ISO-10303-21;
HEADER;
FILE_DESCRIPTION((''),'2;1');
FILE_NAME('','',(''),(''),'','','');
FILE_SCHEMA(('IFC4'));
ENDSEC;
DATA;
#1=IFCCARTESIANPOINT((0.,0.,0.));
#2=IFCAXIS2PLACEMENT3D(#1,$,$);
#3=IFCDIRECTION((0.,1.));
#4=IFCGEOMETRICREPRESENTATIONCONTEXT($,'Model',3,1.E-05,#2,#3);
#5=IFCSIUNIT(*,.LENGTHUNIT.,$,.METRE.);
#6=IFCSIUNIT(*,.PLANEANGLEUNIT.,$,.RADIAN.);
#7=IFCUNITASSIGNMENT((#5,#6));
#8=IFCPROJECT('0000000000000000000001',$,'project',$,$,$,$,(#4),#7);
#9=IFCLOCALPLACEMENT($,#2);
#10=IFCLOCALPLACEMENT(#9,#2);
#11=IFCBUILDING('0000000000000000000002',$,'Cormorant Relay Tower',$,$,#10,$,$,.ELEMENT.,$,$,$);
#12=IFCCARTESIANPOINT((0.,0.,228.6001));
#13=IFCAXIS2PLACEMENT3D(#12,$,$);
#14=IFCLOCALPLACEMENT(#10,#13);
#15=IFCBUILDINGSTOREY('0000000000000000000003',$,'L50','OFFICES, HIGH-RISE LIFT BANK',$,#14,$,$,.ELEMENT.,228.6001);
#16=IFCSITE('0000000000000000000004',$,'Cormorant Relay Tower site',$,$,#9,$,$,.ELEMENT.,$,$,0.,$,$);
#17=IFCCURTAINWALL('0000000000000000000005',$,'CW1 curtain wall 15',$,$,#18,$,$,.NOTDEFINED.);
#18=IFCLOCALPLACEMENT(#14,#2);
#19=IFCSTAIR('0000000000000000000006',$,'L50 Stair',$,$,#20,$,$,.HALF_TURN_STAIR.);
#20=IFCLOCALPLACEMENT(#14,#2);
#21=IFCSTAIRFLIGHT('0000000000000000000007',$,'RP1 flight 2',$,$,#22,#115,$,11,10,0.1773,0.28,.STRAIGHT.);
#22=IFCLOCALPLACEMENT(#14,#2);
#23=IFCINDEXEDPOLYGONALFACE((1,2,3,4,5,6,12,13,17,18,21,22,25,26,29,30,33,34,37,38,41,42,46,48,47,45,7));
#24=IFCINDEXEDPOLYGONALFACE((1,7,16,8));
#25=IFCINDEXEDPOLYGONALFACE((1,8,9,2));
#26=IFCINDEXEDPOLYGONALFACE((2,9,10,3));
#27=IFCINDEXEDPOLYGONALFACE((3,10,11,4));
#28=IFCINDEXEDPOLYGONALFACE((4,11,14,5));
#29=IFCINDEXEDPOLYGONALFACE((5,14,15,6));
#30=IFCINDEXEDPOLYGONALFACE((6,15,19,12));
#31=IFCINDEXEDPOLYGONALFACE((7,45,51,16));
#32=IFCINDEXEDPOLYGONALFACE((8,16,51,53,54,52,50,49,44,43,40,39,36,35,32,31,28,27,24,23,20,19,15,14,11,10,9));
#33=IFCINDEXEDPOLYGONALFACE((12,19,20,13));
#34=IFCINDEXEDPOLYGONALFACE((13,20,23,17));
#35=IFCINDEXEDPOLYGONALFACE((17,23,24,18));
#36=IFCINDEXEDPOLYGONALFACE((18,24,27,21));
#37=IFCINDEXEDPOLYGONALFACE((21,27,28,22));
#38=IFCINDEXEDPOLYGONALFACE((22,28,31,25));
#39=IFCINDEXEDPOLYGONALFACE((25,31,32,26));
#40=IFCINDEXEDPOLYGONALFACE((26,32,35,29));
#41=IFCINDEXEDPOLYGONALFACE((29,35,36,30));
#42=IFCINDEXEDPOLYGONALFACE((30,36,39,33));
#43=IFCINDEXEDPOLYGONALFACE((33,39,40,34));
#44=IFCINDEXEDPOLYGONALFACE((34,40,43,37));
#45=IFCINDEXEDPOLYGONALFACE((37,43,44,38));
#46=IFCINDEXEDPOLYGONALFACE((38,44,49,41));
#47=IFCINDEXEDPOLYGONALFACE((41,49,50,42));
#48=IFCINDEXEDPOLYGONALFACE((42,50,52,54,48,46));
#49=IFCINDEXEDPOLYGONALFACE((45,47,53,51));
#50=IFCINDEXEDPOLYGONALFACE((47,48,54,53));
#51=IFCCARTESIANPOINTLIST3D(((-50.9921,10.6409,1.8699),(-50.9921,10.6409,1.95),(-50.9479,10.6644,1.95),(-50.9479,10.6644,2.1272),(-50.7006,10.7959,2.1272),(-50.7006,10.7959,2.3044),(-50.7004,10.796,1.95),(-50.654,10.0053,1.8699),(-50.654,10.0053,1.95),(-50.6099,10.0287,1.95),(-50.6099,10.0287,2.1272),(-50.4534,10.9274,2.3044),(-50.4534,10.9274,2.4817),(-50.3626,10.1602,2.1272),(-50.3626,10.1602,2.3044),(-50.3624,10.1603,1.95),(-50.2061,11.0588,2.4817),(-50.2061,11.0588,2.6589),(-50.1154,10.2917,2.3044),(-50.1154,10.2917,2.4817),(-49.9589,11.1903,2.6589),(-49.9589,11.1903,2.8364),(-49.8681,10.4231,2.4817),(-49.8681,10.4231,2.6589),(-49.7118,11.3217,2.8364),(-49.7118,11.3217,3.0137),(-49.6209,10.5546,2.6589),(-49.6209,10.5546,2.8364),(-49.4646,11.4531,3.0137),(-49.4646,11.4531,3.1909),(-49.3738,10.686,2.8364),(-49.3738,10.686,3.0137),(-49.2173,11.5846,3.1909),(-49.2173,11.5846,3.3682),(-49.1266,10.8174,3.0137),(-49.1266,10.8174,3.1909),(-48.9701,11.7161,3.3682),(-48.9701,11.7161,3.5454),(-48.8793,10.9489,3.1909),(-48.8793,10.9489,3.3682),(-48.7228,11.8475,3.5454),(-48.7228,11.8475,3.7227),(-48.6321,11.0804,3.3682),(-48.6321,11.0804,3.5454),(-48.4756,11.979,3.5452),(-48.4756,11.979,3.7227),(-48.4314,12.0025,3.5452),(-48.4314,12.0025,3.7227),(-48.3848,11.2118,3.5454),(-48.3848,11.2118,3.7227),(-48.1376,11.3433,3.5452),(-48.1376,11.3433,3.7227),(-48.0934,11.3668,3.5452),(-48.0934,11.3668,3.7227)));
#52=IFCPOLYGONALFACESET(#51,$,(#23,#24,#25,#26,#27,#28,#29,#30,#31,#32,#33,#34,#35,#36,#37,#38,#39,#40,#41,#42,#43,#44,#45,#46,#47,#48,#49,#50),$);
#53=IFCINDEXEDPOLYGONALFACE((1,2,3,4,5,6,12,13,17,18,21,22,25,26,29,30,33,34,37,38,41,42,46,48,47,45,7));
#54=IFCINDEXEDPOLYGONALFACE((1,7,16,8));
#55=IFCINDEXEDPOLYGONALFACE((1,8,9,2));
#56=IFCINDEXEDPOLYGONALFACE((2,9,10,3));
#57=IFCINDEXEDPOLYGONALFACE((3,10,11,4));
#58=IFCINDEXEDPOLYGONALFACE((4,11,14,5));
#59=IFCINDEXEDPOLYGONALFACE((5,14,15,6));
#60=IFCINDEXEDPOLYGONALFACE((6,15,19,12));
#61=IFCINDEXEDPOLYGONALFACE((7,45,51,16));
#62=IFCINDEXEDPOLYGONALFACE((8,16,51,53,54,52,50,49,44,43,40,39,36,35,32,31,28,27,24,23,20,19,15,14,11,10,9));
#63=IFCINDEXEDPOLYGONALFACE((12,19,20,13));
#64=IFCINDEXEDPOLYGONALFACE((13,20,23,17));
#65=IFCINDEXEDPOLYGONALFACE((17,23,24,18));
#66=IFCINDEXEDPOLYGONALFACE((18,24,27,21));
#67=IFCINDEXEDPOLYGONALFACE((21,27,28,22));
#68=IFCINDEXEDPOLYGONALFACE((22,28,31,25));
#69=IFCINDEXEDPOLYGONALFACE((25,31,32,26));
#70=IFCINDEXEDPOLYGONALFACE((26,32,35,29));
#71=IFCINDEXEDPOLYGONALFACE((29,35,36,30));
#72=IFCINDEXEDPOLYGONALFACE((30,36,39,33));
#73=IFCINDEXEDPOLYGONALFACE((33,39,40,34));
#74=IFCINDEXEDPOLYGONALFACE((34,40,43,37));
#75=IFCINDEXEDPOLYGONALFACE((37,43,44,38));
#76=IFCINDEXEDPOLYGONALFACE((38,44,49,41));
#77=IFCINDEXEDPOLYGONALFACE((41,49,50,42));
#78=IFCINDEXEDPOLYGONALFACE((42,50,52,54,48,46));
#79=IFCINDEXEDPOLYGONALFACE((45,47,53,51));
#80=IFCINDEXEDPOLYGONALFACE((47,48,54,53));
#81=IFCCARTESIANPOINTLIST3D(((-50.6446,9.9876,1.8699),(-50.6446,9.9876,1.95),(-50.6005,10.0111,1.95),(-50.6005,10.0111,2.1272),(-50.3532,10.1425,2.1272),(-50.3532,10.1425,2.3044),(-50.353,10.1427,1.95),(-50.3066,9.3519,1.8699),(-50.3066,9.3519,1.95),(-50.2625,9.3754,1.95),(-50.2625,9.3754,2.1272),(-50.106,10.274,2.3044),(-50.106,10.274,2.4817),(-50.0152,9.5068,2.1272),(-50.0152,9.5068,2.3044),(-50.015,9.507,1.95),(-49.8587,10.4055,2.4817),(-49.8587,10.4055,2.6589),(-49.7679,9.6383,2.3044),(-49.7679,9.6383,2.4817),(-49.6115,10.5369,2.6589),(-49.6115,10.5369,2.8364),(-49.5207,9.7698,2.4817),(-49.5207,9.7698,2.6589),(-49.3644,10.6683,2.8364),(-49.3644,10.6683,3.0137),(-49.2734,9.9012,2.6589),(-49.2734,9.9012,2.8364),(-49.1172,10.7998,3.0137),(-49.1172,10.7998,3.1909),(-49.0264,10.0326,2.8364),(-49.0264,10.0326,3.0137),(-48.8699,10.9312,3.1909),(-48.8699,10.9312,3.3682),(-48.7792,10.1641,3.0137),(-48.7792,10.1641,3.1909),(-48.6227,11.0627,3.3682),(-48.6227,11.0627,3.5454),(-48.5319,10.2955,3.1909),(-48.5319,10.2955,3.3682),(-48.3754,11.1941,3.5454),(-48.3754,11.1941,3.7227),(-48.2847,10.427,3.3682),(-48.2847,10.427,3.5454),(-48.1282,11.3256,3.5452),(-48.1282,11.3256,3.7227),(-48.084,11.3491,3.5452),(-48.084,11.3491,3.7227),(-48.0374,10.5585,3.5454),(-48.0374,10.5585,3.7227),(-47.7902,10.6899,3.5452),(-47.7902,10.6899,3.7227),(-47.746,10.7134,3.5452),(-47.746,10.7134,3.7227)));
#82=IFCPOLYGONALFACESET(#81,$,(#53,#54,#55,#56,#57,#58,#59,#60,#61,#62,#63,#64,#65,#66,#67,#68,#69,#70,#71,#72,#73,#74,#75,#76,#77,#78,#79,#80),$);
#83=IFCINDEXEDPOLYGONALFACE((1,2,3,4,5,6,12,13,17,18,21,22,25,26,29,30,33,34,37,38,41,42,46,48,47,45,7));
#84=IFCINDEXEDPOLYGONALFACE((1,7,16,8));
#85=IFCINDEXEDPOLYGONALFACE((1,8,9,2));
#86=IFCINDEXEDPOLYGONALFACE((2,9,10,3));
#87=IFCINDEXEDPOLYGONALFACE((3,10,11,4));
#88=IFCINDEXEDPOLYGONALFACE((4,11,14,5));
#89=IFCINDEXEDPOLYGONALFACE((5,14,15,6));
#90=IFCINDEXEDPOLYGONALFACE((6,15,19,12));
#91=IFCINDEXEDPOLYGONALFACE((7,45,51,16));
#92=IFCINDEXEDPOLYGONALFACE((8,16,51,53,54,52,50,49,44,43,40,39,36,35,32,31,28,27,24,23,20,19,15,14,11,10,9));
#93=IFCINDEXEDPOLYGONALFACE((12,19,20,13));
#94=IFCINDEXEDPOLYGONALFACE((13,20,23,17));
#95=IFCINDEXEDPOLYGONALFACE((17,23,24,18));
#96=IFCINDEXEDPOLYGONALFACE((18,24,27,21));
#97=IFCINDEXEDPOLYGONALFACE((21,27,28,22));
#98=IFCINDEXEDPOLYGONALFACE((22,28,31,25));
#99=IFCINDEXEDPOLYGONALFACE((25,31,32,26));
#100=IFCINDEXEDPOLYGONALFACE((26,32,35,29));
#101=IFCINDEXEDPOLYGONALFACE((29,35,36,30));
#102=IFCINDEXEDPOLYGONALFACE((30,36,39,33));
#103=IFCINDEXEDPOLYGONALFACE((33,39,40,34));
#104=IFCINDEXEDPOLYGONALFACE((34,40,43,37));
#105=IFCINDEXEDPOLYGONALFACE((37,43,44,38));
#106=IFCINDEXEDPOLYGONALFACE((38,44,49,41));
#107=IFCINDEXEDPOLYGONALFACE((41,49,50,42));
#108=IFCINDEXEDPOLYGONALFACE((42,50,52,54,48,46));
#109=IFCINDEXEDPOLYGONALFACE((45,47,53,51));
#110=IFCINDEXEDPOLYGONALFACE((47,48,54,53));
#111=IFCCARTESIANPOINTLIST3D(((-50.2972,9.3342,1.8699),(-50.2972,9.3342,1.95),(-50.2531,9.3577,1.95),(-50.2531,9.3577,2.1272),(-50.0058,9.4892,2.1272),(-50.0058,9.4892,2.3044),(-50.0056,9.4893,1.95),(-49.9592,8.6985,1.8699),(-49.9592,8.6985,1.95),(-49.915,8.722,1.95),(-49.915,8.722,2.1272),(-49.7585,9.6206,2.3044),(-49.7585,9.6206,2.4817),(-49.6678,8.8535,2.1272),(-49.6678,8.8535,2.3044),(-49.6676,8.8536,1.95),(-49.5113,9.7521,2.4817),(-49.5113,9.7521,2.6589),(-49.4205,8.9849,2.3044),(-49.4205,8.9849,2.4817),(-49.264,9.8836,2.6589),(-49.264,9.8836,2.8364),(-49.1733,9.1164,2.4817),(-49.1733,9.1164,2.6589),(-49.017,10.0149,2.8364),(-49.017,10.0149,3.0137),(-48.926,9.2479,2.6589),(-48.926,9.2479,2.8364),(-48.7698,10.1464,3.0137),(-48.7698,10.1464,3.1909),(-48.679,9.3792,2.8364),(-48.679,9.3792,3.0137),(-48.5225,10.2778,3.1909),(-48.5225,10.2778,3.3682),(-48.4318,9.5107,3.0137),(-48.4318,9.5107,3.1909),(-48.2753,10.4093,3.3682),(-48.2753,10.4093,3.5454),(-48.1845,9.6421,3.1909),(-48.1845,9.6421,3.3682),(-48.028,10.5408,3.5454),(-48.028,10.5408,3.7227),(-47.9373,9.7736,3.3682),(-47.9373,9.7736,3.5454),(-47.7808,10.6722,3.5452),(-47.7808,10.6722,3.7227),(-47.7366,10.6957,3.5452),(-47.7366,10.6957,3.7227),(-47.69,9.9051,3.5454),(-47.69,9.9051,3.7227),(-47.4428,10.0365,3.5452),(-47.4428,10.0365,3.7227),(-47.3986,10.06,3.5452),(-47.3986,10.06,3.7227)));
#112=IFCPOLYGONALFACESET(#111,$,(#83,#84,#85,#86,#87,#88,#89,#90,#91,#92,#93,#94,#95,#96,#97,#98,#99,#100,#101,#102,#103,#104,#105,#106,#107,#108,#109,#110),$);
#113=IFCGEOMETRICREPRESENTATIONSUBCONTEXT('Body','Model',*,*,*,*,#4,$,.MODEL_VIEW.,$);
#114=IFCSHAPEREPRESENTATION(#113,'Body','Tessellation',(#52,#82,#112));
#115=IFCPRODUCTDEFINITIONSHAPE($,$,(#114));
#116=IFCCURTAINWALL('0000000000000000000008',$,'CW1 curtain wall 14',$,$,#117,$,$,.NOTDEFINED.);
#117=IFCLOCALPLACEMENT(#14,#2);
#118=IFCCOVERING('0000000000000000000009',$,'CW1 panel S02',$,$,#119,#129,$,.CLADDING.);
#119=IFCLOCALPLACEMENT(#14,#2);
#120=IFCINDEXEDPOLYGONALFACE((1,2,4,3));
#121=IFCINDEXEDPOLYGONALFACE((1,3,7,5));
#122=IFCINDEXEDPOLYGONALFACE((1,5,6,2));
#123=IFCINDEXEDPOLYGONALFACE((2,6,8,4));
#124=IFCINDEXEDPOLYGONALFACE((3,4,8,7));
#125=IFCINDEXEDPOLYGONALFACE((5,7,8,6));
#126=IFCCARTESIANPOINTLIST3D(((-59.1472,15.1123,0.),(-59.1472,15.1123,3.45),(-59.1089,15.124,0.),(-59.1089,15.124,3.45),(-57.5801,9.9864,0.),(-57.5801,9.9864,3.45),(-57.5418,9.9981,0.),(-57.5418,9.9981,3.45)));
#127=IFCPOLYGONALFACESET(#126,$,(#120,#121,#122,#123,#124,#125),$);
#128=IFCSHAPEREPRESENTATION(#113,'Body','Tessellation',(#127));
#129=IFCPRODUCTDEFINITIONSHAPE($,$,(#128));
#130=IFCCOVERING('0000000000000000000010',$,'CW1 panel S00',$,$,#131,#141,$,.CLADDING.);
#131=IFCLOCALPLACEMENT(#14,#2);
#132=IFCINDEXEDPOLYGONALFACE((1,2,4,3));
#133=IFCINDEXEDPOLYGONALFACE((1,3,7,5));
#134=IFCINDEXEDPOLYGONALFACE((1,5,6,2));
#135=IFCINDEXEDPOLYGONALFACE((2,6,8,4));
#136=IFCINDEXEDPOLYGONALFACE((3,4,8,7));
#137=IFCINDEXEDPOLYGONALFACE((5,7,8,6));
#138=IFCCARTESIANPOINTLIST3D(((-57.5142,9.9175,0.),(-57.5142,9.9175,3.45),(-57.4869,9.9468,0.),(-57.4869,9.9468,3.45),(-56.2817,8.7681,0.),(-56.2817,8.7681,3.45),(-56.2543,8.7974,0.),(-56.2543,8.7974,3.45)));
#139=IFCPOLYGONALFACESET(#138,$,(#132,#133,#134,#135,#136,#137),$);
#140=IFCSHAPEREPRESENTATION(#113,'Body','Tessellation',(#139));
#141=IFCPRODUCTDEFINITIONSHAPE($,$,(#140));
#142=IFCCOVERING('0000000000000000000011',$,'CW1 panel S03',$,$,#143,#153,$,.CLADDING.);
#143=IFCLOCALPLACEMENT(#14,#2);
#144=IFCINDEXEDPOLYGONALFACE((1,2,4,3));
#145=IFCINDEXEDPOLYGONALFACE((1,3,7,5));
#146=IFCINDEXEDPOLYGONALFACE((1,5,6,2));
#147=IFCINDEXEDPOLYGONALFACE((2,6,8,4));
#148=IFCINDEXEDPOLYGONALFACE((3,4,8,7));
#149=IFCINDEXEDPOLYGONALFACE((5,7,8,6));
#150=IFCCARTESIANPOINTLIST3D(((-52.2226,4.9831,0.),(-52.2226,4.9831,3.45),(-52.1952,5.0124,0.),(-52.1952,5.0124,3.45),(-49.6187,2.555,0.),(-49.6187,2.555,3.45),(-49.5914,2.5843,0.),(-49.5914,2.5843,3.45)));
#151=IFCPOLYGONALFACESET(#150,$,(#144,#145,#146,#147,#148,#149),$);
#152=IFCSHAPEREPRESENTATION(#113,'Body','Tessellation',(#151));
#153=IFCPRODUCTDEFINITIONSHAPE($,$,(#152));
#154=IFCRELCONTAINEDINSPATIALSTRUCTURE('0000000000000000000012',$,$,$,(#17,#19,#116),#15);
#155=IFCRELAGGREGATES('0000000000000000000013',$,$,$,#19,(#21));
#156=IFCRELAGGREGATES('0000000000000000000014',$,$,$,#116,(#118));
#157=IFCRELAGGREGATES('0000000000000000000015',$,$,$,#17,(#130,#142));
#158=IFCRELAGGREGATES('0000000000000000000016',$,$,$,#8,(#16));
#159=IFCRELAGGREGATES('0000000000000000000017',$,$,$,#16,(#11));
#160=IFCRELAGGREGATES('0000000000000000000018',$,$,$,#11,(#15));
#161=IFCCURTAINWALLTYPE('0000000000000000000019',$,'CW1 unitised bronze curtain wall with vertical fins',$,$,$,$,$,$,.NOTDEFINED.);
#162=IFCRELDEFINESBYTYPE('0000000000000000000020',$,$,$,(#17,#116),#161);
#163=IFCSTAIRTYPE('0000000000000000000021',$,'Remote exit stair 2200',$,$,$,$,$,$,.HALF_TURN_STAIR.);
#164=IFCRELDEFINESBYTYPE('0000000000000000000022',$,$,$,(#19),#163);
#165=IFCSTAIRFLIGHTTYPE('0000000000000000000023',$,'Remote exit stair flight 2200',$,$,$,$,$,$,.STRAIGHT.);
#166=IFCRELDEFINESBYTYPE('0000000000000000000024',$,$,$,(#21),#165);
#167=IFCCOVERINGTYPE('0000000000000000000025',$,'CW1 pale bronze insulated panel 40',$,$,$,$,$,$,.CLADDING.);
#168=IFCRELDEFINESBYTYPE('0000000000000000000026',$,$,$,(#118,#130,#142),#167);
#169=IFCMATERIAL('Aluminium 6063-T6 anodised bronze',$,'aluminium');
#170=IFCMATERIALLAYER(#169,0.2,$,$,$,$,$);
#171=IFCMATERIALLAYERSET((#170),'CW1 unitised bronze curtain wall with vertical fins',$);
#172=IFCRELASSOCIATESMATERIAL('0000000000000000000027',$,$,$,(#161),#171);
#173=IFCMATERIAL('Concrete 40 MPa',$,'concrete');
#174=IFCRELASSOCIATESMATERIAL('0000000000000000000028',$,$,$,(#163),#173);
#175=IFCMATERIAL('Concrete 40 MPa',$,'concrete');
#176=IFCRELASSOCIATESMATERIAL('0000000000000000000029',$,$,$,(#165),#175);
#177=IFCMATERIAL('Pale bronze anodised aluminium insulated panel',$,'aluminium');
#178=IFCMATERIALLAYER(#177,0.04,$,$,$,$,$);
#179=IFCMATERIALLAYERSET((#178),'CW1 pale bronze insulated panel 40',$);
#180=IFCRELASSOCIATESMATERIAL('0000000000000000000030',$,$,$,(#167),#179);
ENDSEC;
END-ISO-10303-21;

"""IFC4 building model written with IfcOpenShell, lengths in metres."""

from ifc_helpers import new_model, si_unit, direction, frame, origin, origin_2d, place, context, subcontext, project, spatial, polyline, rectangle, outline, extrude, material, layer, layer_set, type_object, element, aggregate, save


model = new_model("IFC4")

# Units and contexts
model_context = context("Model", 3, precision=1e-05, world=origin(), true_north=direction((0.0, 1.0)))
body_context = subcontext(model_context, "Body", "Model", "MODEL_VIEW")
ifc_project = project(units=[si_unit("LENGTHUNIT", "METRE"), si_unit("PLANEANGLEUNIT", "RADIAN")], contexts=[model_context])

# Site, building, storey
site_placement = place(None, origin())
site = spatial("IfcSite", under=ifc_project, at=site_placement, Name="Cormorant Relay Tower site", CompositionType="ELEMENT", RefElevation=0.0)
building_placement = place(site_placement, origin())
building = spatial("IfcBuilding", under=site, at=building_placement, Name="Cormorant Relay Tower", CompositionType="ELEMENT")
storey_placement = place(building_placement, frame((0.0, 0.0, 228.6001)))
storey = spatial("IfcBuildingStorey", under=building, at=storey_placement, Name="L50", Description="OFFICES, HIGH-RISE LIFT BANK", CompositionType="ELEMENT", Elevation=228.6001)

# Curtain wall
ifc_material_1 = material(Name="Aluminium 6063-T6 anodised bronze", Category="aluminium")
ifc_layer_1 = layer(ifc_material_1, 0.2)
ifc_layer_set_1 = layer_set([ifc_layer_1], Name="CW1 unitised bronze curtain wall with vertical fins")
curtain_wall_type = type_object("IfcCurtainWallType", Name="CW1 unitised bronze curtain wall with vertical fins", PredefinedType="NOTDEFINED", material=ifc_layer_set_1)
curtain_wall_1_placement = place(storey_placement, origin())
curtain_wall_1 = element("IfcCurtainWall", 1, at=curtain_wall_1_placement, inside=storey, type_object=curtain_wall_type, Name="CW1 curtain wall 15", PredefinedType="NOTDEFINED")

# Stair, stair flight
ifc_material_2 = material(Name="Concrete 40 MPa", Category="concrete")
stair_type = type_object("IfcStairType", Name="Remote exit stair 2200", PredefinedType="HALF_TURN_STAIR", material=ifc_material_2)
stair_placement = place(storey_placement, origin())
stair = element("IfcStair", 2, at=stair_placement, inside=storey, type_object=stair_type, Name="L50 Stair", PredefinedType="HALF_TURN_STAIR")
ifc_material_3 = material(Name="Concrete 40 MPa", Category="concrete")
stair_flight_type = type_object("IfcStairFlightType", Name="Remote exit stair flight 2200", PredefinedType="STRAIGHT", material=ifc_material_3)
stair_flight_1_placement = place(storey_placement, frame((-50.4314, 9.6931, 1.95), z_axis=(0.0, 0.0, 1.0), x_axis=(0.882948, 0.469472, 0.0)))
stair_flight_1 = element("IfcStairFlight", 3, at=stair_flight_1_placement, type_object=stair_flight_type, Name="RP1 flight 2", NumberOfRisers=11, NumberOfTreads=10, PredefinedType="STRAIGHT", RiserHeight=0.1773, TreadLength=0.28, context=body_context, shape_type="SweptSolid", body=[
    extrude(outline(polyline([(-0.05, -0.0801), (-0.05, 0.0), (0.0, 0.0), (0.0, 0.1772), (0.28, 0.1772), (0.28, 0.3545), (0.5601, 0.3545), (0.5601, 0.5317), (0.8401, 0.5317), (0.8401, 0.709), (1.1201, 0.709), (1.1201, 0.8865), (1.3999, 0.8865), (1.3999, 1.0637), (1.6799, 1.0637), (1.6799, 1.241), (1.96, 1.241), (1.96, 1.4182), (2.24, 1.4182), (2.24, 1.5955), (2.52, 1.5955), (2.52, 1.7727), (2.8, 1.7727), (2.8501, 1.7727), (2.8501, 1.5952), (2.8, 1.5952), (0.2803, 0.0), (-0.05, -0.0801)])), frame((0.0, 1.1001, 0.0), z_axis=(0.0, -1.0, 0.0), x_axis=(1.0, 0.0, 0.0)), (0.0, 0.0, 1.0), 0.72),
    extrude(outline(polyline([(-0.05, -0.0801), (-0.05, 0.0), (0.0, 0.0), (0.0, 0.1772), (0.28, 0.1772), (0.28, 0.3545), (0.5601, 0.3545), (0.5601, 0.5317), (0.8401, 0.5317), (0.8401, 0.709), (1.1201, 0.709), (1.1201, 0.8865), (1.3999, 0.8865), (1.3999, 1.0637), (1.6799, 1.0637), (1.6799, 1.241), (1.96, 1.241), (1.96, 1.4182), (2.24, 1.4182), (2.24, 1.5955), (2.52, 1.5955), (2.52, 1.7727), (2.8, 1.7727), (2.8501, 1.7727), (2.8501, 1.5952), (2.8, 1.5952), (0.2803, 0.0), (-0.05, -0.0801)])), frame((0.0, 0.3601, 0.0), z_axis=(0.0, -1.0, 0.0), x_axis=(1.0, 0.0, 0.0)), (0.0, 0.0, 1.0), 0.72),
    extrude(outline(polyline([(-0.05, -0.0801), (-0.05, 0.0), (0.0, 0.0), (0.0, 0.1772), (0.28, 0.1772), (0.28, 0.3545), (0.5601, 0.3545), (0.5601, 0.5317), (0.8401, 0.5317), (0.8401, 0.709), (1.1201, 0.709), (1.1201, 0.8865), (1.3999, 0.8865), (1.3999, 1.0637), (1.6799, 1.0637), (1.6799, 1.241), (1.96, 1.241), (1.96, 1.4182), (2.24, 1.4182), (2.24, 1.5955), (2.52, 1.5955), (2.52, 1.7727), (2.8, 1.7727), (2.8501, 1.7727), (2.8501, 1.5952), (2.8, 1.5952), (0.2803, 0.0), (-0.05, -0.0801)])), frame((0.0, -0.3799, 0.0), z_axis=(0.0, -1.0, 0.0), x_axis=(1.0, 0.0, 0.0)), (0.0, 0.0, 1.0), 0.72),
])
aggregate(stair, [stair_flight_1])

# Curtain wall, covering
curtain_wall_2_placement = place(storey_placement, origin())
curtain_wall_2 = element("IfcCurtainWall", 4, at=curtain_wall_2_placement, inside=storey, type_object=curtain_wall_type, Name="CW1 curtain wall 14", PredefinedType="NOTDEFINED")
ifc_material_4 = material(Name="Pale bronze anodised aluminium insulated panel", Category="aluminium")
ifc_layer_2 = layer(ifc_material_4, 0.04)
ifc_layer_set_2 = layer_set([ifc_layer_2], Name="CW1 pale bronze insulated panel 40")
covering_type = type_object("IfcCoveringType", Name="CW1 pale bronze insulated panel 40", PredefinedType="CLADDING", material=ifc_layer_set_2)
covering_1_placement = place(storey_placement, frame((-58.3445, 12.5552, 0.0), z_axis=(0.0, 0.0, 1.0), x_axis=(0.292372, -0.956305, 0.0)))
covering_1 = element("IfcCovering", 5, at=covering_1_placement, type_object=covering_type, Name="CW1 panel S02", PredefinedType="CLADDING", context=body_context, shape_type="SweptSolid", body=[
    extrude(rectangle(XDim=5.3601, YDim=0.04, at=origin_2d()), origin(), (0.0, 0.0, 1.0), 3.45),
])
aggregate(curtain_wall_2, [covering_1])

# Coverings
covering_2_placement = place(storey_placement, frame((-56.8843, 9.3574, 0.0), z_axis=(0.0, 0.0, 1.0), x_axis=(0.731354, -0.681998, 0.0)))
covering_2 = element("IfcCovering", 6, at=covering_2_placement, type_object=covering_type, Name="CW1 panel S00", PredefinedType="CLADDING", context=body_context, shape_type="SweptSolid", body=[
    extrude(rectangle(XDim=1.6853, YDim=0.04, at=origin_2d()), origin(), (0.0, 0.0, 1.0), 3.45),
])
covering_3_placement = place(storey_placement, frame((-50.907, 3.7837, 0.0), z_axis=(0.0, 0.0, 1.0), x_axis=(0.731354, -0.681998, 0.0)))
covering_3 = element("IfcCovering", 7, at=covering_3_placement, type_object=covering_type, Name="CW1 panel S03", PredefinedType="CLADDING", context=body_context, shape_type="SweptSolid", body=[
    extrude(rectangle(XDim=3.5603, YDim=0.04, at=origin_2d()), origin(), (0.0, 0.0, 1.0), 3.45),
])
aggregate(curtain_wall_1, [covering_2, covering_3])

save(model, "model.ifc")
